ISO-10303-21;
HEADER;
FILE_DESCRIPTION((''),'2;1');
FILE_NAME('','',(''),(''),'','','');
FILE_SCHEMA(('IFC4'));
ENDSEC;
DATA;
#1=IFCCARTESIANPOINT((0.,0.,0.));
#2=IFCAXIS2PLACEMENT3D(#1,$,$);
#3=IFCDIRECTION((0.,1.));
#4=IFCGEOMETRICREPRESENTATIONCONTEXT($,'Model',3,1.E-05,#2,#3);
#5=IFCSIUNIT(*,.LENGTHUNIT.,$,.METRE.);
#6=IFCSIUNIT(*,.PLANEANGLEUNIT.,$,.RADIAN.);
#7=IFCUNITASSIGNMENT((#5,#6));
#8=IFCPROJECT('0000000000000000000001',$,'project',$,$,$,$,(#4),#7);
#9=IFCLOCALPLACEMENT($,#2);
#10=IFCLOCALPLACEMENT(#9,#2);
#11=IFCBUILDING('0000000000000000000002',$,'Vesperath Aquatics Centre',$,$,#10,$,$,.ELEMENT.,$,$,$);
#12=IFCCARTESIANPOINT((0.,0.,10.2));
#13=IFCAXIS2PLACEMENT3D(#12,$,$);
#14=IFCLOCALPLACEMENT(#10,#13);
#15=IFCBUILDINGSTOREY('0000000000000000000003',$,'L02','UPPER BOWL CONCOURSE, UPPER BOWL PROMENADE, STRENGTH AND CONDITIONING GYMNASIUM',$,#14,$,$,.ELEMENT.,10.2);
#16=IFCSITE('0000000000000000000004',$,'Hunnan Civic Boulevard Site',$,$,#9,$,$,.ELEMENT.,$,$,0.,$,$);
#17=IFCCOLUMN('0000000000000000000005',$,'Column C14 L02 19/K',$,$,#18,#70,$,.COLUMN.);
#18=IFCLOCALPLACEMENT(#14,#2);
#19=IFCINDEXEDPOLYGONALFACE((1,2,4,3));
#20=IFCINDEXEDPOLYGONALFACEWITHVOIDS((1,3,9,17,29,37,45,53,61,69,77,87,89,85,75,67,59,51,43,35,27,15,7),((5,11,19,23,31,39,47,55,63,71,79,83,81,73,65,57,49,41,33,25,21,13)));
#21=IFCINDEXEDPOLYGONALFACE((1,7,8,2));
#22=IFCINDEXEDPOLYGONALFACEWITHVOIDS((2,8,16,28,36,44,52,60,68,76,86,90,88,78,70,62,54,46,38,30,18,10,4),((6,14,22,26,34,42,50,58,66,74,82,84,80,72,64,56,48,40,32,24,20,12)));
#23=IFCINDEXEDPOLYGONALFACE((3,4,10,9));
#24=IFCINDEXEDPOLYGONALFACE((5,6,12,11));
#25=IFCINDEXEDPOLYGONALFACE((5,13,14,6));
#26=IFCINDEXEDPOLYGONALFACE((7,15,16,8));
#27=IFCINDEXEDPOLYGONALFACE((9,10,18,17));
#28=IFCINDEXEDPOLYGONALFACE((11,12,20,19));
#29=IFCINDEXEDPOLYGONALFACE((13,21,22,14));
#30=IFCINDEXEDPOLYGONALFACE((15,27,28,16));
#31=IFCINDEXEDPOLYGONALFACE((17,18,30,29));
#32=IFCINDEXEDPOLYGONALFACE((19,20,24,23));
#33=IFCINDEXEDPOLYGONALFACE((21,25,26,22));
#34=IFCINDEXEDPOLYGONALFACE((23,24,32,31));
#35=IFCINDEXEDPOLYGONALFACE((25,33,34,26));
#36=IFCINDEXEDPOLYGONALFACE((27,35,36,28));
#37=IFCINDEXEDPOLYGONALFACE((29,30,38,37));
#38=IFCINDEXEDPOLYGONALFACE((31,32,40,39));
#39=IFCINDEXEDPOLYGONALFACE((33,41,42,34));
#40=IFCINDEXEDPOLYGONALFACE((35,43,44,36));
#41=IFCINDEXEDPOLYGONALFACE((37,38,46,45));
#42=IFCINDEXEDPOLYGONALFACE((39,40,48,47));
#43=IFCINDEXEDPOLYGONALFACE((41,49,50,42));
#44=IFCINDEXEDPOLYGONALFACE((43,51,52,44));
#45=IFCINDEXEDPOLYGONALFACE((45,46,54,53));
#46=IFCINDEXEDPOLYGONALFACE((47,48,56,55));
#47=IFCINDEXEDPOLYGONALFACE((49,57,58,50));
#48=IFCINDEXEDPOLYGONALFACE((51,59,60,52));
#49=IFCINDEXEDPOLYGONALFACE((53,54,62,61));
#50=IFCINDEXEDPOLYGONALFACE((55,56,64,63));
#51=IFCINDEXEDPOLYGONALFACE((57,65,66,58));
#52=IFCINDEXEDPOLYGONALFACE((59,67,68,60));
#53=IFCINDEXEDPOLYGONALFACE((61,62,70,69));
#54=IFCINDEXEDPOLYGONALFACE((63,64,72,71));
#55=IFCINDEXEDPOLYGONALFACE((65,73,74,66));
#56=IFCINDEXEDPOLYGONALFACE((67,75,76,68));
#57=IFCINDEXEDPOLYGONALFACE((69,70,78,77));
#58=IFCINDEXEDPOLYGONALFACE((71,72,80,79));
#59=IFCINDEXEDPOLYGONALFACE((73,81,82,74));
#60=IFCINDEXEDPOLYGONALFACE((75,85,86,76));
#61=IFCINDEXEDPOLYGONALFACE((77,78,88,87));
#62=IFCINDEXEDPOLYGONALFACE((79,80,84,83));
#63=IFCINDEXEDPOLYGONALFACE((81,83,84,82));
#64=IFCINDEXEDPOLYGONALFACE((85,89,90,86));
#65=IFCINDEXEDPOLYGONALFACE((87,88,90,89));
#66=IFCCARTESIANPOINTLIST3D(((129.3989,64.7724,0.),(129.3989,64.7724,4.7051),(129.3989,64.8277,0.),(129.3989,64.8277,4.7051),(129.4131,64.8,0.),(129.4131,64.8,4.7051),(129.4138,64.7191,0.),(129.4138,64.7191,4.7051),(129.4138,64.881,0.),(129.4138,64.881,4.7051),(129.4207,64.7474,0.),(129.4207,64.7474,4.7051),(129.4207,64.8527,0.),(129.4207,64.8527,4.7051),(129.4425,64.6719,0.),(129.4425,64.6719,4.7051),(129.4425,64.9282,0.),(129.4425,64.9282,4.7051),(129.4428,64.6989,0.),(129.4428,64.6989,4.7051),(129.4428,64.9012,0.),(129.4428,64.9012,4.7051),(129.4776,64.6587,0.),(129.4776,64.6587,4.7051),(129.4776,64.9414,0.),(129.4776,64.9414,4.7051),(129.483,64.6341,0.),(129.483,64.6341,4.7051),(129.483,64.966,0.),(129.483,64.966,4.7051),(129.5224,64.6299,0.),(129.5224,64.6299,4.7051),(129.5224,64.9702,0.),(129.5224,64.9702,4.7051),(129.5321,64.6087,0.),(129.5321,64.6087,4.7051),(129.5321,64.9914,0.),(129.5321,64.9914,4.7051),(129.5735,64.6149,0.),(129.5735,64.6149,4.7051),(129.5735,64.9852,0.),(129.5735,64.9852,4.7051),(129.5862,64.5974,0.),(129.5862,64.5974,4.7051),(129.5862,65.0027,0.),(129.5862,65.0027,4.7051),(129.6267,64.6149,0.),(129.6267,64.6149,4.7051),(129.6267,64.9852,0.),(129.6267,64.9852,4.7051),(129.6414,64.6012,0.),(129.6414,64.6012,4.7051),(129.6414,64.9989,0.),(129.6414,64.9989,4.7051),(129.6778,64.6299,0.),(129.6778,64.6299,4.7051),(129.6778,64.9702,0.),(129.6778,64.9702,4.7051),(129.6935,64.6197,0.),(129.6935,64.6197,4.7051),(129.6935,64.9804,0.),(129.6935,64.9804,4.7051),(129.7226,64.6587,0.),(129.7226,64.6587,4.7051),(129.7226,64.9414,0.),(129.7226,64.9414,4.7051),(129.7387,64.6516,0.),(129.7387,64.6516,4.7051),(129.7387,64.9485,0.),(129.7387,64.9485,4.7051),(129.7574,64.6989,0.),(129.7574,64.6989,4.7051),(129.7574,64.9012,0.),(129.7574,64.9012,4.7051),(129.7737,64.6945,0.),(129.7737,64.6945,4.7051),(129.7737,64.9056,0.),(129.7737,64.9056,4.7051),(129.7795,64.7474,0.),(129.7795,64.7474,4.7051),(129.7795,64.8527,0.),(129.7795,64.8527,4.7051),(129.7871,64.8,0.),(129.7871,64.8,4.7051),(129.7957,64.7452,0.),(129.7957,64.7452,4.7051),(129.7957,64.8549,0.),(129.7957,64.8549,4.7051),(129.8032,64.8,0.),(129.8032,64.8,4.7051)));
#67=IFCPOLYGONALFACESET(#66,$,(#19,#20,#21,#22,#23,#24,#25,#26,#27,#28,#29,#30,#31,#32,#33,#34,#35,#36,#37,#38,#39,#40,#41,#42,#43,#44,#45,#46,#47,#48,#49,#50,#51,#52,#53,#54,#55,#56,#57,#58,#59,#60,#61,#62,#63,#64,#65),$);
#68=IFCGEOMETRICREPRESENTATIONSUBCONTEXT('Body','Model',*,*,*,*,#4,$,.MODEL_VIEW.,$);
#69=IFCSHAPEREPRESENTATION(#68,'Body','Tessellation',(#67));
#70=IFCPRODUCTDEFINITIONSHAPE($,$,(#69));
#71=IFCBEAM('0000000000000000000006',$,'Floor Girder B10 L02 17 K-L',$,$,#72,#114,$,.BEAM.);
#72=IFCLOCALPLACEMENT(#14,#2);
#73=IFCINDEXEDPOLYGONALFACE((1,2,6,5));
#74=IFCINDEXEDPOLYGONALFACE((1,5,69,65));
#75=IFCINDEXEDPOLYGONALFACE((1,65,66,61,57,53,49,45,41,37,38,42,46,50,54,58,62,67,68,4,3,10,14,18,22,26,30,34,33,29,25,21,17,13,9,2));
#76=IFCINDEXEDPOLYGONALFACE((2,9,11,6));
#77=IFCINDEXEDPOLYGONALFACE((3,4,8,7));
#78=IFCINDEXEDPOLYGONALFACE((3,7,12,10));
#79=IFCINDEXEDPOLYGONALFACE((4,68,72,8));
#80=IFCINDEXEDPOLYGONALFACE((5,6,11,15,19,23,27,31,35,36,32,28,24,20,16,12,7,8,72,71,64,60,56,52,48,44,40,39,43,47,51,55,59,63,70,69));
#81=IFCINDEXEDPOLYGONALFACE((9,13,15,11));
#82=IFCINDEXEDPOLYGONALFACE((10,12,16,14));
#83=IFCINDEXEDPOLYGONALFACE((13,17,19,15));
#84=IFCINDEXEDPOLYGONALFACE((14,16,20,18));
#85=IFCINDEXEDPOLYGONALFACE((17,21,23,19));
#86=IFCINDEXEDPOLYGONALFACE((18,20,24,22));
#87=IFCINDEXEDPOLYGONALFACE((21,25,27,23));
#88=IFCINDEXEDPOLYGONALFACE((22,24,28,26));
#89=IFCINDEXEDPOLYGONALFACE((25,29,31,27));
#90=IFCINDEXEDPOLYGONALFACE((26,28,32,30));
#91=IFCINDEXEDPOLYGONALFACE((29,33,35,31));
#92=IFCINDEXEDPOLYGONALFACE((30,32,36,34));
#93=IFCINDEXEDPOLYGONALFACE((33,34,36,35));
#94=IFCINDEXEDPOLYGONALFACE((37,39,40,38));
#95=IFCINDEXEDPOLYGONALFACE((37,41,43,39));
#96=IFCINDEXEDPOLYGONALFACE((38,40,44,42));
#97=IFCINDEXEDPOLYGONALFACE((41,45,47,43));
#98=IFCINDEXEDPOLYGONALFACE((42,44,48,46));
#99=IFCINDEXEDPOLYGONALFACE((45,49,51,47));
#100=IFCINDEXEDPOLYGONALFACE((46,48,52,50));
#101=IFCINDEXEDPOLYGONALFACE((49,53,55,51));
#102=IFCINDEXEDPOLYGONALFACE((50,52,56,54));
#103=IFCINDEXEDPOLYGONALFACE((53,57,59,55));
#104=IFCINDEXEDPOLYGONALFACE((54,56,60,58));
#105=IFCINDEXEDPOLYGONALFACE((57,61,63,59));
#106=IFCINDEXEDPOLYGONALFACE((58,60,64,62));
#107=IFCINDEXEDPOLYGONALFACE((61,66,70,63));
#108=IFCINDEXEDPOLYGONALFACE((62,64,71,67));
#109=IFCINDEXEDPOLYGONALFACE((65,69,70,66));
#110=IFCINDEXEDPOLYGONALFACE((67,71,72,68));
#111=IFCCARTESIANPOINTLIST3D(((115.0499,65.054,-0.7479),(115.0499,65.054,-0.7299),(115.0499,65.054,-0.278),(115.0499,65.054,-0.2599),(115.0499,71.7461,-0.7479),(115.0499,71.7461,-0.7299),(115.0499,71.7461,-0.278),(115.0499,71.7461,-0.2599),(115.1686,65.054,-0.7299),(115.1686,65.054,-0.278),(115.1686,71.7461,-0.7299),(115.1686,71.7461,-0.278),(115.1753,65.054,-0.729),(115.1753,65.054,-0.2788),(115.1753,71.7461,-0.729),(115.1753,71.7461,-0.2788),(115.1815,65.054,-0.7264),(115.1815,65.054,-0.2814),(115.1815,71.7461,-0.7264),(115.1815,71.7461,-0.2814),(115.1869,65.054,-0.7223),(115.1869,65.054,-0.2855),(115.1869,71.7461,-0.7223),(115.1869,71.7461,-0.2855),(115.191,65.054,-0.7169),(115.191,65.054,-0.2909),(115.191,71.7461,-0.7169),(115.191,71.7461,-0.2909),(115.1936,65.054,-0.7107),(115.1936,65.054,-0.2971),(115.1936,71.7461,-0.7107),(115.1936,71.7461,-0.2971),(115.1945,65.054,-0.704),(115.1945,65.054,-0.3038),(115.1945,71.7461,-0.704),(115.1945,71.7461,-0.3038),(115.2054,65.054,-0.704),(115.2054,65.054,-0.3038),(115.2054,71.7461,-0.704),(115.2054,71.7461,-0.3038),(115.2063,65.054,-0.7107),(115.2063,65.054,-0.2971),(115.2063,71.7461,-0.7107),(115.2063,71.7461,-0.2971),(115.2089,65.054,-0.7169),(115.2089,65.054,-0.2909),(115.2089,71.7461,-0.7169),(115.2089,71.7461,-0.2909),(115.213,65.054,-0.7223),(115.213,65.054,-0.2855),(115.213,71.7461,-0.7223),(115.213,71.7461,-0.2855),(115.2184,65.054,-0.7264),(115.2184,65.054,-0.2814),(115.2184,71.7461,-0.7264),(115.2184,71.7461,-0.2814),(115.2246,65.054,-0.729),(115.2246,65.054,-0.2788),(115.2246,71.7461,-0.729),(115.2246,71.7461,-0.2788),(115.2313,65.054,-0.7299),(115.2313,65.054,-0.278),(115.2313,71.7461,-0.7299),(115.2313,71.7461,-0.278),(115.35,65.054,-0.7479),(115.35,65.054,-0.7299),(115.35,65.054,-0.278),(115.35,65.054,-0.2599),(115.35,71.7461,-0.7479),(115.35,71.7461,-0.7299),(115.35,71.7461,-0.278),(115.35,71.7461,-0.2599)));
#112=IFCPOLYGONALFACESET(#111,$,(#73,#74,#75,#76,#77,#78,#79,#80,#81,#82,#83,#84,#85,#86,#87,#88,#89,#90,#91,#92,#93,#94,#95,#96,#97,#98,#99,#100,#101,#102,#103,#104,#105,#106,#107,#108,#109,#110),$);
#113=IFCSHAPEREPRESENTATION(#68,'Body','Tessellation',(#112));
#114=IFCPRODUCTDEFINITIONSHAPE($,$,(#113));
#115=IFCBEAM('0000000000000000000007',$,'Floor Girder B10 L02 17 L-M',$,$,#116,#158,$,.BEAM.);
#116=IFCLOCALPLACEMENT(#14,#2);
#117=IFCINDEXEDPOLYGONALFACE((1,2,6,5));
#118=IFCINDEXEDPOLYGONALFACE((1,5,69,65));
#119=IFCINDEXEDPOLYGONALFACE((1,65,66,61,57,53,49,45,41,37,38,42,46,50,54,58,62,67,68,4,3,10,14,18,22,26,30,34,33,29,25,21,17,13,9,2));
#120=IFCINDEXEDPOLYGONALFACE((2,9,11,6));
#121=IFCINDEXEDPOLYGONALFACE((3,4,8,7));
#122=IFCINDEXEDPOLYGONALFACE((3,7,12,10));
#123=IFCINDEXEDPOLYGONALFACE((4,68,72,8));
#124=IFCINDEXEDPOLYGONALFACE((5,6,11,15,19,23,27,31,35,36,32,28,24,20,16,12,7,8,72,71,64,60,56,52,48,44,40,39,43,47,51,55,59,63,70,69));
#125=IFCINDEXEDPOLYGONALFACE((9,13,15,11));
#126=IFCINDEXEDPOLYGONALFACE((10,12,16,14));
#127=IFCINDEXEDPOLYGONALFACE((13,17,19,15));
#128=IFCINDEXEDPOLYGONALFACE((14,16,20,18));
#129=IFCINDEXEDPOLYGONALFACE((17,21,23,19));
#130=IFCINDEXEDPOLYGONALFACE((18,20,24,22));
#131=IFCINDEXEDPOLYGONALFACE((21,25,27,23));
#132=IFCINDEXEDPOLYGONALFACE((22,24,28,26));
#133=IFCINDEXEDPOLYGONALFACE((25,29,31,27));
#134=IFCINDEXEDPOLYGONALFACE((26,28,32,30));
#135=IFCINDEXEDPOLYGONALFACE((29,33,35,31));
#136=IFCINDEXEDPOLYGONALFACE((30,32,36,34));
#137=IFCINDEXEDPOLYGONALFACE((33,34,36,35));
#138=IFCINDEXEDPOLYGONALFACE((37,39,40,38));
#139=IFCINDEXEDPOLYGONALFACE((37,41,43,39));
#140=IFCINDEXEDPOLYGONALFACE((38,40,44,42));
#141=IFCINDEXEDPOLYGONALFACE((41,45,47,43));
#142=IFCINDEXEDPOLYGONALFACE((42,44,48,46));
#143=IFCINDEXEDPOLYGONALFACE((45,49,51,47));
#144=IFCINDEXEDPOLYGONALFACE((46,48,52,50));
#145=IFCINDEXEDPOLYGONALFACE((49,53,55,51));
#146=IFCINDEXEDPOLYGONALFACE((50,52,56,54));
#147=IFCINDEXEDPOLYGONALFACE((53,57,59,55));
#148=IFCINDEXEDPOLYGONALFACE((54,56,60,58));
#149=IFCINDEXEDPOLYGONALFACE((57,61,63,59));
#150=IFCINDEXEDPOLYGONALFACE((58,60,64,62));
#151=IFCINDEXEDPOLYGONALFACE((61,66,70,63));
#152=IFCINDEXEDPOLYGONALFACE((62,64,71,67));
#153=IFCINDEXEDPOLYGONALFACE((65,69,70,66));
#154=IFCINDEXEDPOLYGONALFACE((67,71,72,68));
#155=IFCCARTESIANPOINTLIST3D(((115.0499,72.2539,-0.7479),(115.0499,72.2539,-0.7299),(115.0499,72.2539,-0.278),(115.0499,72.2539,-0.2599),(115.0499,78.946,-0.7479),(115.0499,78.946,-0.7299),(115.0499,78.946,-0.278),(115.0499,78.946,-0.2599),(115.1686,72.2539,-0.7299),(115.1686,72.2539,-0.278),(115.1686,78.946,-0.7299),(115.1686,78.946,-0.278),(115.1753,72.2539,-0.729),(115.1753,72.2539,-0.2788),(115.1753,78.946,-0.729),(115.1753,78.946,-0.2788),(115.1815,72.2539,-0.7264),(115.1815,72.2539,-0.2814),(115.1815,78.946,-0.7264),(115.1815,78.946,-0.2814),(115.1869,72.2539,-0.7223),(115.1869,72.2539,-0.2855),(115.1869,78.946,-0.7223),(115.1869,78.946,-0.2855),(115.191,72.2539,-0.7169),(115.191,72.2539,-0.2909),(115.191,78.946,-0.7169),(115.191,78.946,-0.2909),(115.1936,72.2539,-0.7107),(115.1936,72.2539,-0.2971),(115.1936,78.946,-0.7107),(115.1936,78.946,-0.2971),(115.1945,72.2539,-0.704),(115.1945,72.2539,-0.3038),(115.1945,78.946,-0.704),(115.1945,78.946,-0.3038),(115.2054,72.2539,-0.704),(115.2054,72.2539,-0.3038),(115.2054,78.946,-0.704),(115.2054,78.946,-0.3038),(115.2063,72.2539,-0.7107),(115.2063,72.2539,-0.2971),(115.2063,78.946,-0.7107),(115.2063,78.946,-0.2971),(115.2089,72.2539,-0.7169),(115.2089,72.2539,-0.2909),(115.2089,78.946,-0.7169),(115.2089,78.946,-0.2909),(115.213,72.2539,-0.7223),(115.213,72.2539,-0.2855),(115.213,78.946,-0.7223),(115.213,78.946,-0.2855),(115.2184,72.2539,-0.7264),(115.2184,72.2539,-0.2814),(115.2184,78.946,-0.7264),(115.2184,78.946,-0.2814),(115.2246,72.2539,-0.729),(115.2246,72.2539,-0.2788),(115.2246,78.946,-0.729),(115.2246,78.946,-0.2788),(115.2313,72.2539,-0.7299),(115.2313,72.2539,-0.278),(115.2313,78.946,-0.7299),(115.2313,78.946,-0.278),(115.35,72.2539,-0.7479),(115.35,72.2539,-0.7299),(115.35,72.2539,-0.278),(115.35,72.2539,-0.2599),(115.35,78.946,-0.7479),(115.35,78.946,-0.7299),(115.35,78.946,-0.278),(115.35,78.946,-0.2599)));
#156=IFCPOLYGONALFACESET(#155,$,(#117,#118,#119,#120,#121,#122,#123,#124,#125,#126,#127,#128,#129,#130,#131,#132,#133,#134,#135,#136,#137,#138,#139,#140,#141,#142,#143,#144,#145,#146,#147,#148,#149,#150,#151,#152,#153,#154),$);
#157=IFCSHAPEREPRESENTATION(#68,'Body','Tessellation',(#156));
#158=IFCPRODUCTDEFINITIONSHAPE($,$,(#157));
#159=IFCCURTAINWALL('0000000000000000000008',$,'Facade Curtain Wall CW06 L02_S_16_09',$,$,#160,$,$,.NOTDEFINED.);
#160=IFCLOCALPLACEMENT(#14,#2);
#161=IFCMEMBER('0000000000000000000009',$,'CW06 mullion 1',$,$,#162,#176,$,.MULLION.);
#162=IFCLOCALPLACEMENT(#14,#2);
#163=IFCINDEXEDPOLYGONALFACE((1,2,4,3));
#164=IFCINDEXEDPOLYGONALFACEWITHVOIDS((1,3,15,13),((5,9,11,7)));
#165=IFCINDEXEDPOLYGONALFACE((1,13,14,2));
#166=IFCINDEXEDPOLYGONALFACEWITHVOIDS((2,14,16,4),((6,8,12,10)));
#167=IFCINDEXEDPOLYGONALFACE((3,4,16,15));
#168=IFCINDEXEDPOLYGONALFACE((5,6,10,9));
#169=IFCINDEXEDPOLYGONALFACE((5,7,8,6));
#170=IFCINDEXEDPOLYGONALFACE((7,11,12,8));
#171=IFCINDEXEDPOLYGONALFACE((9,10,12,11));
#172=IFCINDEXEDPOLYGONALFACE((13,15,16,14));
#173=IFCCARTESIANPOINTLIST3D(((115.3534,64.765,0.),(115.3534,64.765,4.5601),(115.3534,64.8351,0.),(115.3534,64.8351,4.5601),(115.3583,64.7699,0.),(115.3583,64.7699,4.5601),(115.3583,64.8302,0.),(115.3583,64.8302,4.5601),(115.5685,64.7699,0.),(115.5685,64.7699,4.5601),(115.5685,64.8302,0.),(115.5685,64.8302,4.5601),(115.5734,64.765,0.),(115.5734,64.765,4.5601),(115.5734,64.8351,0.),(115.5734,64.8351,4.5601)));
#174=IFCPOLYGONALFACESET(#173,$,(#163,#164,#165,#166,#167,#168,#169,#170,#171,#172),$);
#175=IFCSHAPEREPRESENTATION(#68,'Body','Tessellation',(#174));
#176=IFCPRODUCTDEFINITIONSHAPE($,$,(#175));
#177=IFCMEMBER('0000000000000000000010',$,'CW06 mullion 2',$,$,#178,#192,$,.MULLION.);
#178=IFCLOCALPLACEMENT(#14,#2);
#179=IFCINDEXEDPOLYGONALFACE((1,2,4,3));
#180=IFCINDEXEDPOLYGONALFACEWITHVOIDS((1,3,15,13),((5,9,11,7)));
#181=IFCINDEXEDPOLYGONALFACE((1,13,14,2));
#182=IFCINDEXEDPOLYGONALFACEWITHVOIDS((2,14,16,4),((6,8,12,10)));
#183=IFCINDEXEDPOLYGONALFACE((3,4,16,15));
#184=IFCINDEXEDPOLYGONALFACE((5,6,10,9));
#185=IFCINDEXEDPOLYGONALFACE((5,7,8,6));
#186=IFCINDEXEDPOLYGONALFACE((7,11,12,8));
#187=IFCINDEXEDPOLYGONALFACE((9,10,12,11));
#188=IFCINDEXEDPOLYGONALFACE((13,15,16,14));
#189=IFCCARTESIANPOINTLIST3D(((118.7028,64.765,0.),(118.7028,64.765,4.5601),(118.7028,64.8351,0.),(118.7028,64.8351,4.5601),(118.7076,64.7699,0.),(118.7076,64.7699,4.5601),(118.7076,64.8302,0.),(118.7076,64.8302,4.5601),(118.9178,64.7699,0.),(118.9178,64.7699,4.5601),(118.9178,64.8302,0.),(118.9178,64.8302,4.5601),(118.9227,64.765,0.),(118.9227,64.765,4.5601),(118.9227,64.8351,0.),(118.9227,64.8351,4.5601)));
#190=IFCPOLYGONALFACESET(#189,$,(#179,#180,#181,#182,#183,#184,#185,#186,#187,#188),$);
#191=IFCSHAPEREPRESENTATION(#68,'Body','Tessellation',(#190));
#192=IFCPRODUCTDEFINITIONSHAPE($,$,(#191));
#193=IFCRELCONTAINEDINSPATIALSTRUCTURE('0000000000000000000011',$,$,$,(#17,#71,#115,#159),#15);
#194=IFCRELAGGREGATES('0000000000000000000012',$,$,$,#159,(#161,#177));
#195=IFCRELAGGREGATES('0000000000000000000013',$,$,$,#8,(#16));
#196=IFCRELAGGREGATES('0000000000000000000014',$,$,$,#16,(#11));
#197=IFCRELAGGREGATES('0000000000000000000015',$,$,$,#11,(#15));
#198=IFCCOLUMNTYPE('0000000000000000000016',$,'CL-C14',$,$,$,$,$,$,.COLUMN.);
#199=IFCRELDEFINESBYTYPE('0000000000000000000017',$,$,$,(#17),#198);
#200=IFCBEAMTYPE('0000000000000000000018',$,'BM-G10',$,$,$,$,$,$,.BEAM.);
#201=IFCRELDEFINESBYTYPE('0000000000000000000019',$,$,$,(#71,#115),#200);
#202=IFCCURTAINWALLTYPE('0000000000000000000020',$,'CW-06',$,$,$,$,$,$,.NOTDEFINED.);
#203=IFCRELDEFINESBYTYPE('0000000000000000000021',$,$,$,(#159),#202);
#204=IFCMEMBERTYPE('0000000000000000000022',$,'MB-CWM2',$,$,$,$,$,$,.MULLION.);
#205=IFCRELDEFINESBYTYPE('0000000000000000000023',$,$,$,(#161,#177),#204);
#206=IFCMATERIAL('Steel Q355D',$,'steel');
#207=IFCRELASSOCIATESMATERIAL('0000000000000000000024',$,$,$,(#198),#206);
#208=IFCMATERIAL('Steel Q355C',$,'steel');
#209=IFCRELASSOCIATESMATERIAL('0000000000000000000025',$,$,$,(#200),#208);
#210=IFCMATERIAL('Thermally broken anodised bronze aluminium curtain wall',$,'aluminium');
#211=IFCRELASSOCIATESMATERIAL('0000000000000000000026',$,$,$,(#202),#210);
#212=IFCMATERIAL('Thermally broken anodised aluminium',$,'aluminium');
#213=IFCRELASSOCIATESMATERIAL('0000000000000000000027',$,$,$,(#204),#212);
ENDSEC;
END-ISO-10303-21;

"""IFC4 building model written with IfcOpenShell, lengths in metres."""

from ifc_helpers import new_model, si_unit, direction, frame, origin, origin_2d, place, context, subcontext, project, spatial, hollow_rectangle, hollow_circle, i_section, extrude, material, material_profile, profile_set, type_object, element, aggregate, save


model = new_model("IFC4")

# Units and contexts
model_context = context("Model", 3, precision=1e-05, world=origin(), true_north=direction((0.0, 1.0)))
body_context = subcontext(model_context, "Body", "Model", "MODEL_VIEW")
ifc_project = project(units=[si_unit("LENGTHUNIT", "METRE"), si_unit("PLANEANGLEUNIT", "RADIAN")], contexts=[model_context])

# Site, building, storey
site_placement = place(None, origin())
site = spatial("IfcSite", under=ifc_project, at=site_placement, Name="Hunnan Civic Boulevard Site", CompositionType="ELEMENT", RefElevation=0.0)
building_placement = place(site_placement, origin())
building = spatial("IfcBuilding", under=site, at=building_placement, Name="Vesperath Aquatics Centre", CompositionType="ELEMENT")
storey_placement = place(building_placement, frame((0.0, 0.0, 10.2)))
storey = spatial("IfcBuildingStorey", under=building, at=storey_placement, Name="L02", Description="UPPER BOWL CONCOURSE, UPPER BOWL PROMENADE, STRENGTH AND CONDITIONING GYMNASIUM", CompositionType="ELEMENT", Elevation=10.2)

# Column
ifc_material_1 = material(Name="Steel Q355D", Category="steel")
ifc_material_profile_1 = material_profile(ifc_material_1, hollow_circle(Radius=0.2031, WallThickness=0.0161, at=origin_2d()), Name="CHS 406.4x16")
ifc_profile_set_1 = profile_set([ifc_material_profile_1], Name="Steel Q355D")
column_type_1 = type_object("IfcColumnType", Name="CL-C14", PredefinedType="COLUMN", material=ifc_profile_set_1)
column_1_placement = place(storey_placement, frame((129.6001, 64.8, 0.0), z_axis=(0.0, 0.0, 1.0), x_axis=(1.0, 0.0, 0.0)))
element("IfcColumn", 1, at=column_1_placement, inside=storey, type_object=column_type_1, Name="Column C14 L02 19/K", PredefinedType="COLUMN", context=body_context, shape_type="SweptSolid", body=[
    extrude(hollow_circle(Radius=0.2031, WallThickness=0.0161, at=origin_2d()), origin(), (0.0, 0.0, 1.0), 4.7051),
])

# Beams
ifc_material_2 = material(Name="Steel Q355C", Category="steel")
ifc_material_profile_2 = material_profile(ifc_material_2, i_section(OverallWidth=0.3, OverallDepth=0.488, WebThickness=0.011, FlangeThickness=0.0181, FilletRadius=0.0259, at=origin_2d()), Name="HM 488x300x11x18")
ifc_profile_set_2 = profile_set([ifc_material_profile_2], Name="Steel Q355C")
beam_type = type_object("IfcBeamType", Name="BM-G10", PredefinedType="BEAM", material=ifc_profile_set_2)
for number, where, z_axis, x_axis, name in (
    (2, (115.2, 65.054, -0.5039), (0.0, 1.0, 0.0), (-1.0, 0.0, 0.0), "Floor Girder B10 L02 17 K-L"),
    (3, (115.2, 72.2539, -0.5039), (0.0, 1.0, 0.0), (-1.0, 0.0, 0.0), "Floor Girder B10 L02 17 L-M"),
):
    element("IfcBeam", number, at=place(storey_placement, frame(where, z_axis=z_axis, x_axis=x_axis)), inside=storey, type_object=beam_type, Name=name, PredefinedType="BEAM", context=body_context, shape_type="SweptSolid", body=[
        extrude(i_section(OverallWidth=0.3, OverallDepth=0.488, WebThickness=0.011, FlangeThickness=0.0181, FilletRadius=0.0259, at=origin_2d()), origin(), (0.0, 0.0, 1.0), 6.6921),
    ])

# Curtain wall, members
ifc_material_3 = material(Name="Thermally broken anodised bronze aluminium curtain wall", Category="aluminium")
curtain_wall_type = type_object("IfcCurtainWallType", Name="CW-06", PredefinedType="NOTDEFINED", material=ifc_material_3)
curtain_wall_1_placement = place(storey_placement, origin())
curtain_wall_1 = element("IfcCurtainWall", 4, at=curtain_wall_1_placement, inside=storey, type_object=curtain_wall_type, Name="Facade Curtain Wall CW06 L02_S_16_09", PredefinedType="NOTDEFINED")
ifc_material_4 = material(Name="Thermally broken anodised aluminium", Category="aluminium")
ifc_material_profile_3 = material_profile(ifc_material_4, hollow_rectangle(XDim=0.0701, YDim=0.22, WallThickness=0.0049, at=origin_2d()), Name="CWM 70x220x5")
ifc_profile_set_3 = profile_set([ifc_material_profile_3], Name="Thermally broken anodised aluminium")
member_type_1 = type_object("IfcMemberType", Name="MB-CWM2", PredefinedType="MULLION", material=ifc_profile_set_3)
member_1_placement = place(storey_placement, frame((115.4634, 64.8, 0.0), z_axis=(0.0, 0.0, 1.0), x_axis=(0.0, 1.0, 0.0)))
member_1 = element("IfcMember", 5, at=member_1_placement, type_object=member_type_1, Name="CW06 mullion 1", PredefinedType="MULLION", context=body_context, shape_type="SweptSolid", body=[
    extrude(hollow_rectangle(XDim=0.0701, YDim=0.22, WallThickness=0.0049, at=origin_2d()), origin(), (0.0, 0.0, 1.0), 4.5601),
])
member_2_placement = place(storey_placement, frame((118.8127, 64.8, 0.0), z_axis=(0.0, 0.0, 1.0), x_axis=(0.0, 1.0, 0.0)))
member_2 = element("IfcMember", 6, at=member_2_placement, type_object=member_type_1, Name="CW06 mullion 2", PredefinedType="MULLION", context=body_context, shape_type="SweptSolid", body=[
    extrude(hollow_rectangle(XDim=0.0701, YDim=0.22, WallThickness=0.0049, at=origin_2d()), origin(), (0.0, 0.0, 1.0), 4.5601),
])

aggregate(curtain_wall_1, [member_1, member_2])

save(model, "model.ifc")
